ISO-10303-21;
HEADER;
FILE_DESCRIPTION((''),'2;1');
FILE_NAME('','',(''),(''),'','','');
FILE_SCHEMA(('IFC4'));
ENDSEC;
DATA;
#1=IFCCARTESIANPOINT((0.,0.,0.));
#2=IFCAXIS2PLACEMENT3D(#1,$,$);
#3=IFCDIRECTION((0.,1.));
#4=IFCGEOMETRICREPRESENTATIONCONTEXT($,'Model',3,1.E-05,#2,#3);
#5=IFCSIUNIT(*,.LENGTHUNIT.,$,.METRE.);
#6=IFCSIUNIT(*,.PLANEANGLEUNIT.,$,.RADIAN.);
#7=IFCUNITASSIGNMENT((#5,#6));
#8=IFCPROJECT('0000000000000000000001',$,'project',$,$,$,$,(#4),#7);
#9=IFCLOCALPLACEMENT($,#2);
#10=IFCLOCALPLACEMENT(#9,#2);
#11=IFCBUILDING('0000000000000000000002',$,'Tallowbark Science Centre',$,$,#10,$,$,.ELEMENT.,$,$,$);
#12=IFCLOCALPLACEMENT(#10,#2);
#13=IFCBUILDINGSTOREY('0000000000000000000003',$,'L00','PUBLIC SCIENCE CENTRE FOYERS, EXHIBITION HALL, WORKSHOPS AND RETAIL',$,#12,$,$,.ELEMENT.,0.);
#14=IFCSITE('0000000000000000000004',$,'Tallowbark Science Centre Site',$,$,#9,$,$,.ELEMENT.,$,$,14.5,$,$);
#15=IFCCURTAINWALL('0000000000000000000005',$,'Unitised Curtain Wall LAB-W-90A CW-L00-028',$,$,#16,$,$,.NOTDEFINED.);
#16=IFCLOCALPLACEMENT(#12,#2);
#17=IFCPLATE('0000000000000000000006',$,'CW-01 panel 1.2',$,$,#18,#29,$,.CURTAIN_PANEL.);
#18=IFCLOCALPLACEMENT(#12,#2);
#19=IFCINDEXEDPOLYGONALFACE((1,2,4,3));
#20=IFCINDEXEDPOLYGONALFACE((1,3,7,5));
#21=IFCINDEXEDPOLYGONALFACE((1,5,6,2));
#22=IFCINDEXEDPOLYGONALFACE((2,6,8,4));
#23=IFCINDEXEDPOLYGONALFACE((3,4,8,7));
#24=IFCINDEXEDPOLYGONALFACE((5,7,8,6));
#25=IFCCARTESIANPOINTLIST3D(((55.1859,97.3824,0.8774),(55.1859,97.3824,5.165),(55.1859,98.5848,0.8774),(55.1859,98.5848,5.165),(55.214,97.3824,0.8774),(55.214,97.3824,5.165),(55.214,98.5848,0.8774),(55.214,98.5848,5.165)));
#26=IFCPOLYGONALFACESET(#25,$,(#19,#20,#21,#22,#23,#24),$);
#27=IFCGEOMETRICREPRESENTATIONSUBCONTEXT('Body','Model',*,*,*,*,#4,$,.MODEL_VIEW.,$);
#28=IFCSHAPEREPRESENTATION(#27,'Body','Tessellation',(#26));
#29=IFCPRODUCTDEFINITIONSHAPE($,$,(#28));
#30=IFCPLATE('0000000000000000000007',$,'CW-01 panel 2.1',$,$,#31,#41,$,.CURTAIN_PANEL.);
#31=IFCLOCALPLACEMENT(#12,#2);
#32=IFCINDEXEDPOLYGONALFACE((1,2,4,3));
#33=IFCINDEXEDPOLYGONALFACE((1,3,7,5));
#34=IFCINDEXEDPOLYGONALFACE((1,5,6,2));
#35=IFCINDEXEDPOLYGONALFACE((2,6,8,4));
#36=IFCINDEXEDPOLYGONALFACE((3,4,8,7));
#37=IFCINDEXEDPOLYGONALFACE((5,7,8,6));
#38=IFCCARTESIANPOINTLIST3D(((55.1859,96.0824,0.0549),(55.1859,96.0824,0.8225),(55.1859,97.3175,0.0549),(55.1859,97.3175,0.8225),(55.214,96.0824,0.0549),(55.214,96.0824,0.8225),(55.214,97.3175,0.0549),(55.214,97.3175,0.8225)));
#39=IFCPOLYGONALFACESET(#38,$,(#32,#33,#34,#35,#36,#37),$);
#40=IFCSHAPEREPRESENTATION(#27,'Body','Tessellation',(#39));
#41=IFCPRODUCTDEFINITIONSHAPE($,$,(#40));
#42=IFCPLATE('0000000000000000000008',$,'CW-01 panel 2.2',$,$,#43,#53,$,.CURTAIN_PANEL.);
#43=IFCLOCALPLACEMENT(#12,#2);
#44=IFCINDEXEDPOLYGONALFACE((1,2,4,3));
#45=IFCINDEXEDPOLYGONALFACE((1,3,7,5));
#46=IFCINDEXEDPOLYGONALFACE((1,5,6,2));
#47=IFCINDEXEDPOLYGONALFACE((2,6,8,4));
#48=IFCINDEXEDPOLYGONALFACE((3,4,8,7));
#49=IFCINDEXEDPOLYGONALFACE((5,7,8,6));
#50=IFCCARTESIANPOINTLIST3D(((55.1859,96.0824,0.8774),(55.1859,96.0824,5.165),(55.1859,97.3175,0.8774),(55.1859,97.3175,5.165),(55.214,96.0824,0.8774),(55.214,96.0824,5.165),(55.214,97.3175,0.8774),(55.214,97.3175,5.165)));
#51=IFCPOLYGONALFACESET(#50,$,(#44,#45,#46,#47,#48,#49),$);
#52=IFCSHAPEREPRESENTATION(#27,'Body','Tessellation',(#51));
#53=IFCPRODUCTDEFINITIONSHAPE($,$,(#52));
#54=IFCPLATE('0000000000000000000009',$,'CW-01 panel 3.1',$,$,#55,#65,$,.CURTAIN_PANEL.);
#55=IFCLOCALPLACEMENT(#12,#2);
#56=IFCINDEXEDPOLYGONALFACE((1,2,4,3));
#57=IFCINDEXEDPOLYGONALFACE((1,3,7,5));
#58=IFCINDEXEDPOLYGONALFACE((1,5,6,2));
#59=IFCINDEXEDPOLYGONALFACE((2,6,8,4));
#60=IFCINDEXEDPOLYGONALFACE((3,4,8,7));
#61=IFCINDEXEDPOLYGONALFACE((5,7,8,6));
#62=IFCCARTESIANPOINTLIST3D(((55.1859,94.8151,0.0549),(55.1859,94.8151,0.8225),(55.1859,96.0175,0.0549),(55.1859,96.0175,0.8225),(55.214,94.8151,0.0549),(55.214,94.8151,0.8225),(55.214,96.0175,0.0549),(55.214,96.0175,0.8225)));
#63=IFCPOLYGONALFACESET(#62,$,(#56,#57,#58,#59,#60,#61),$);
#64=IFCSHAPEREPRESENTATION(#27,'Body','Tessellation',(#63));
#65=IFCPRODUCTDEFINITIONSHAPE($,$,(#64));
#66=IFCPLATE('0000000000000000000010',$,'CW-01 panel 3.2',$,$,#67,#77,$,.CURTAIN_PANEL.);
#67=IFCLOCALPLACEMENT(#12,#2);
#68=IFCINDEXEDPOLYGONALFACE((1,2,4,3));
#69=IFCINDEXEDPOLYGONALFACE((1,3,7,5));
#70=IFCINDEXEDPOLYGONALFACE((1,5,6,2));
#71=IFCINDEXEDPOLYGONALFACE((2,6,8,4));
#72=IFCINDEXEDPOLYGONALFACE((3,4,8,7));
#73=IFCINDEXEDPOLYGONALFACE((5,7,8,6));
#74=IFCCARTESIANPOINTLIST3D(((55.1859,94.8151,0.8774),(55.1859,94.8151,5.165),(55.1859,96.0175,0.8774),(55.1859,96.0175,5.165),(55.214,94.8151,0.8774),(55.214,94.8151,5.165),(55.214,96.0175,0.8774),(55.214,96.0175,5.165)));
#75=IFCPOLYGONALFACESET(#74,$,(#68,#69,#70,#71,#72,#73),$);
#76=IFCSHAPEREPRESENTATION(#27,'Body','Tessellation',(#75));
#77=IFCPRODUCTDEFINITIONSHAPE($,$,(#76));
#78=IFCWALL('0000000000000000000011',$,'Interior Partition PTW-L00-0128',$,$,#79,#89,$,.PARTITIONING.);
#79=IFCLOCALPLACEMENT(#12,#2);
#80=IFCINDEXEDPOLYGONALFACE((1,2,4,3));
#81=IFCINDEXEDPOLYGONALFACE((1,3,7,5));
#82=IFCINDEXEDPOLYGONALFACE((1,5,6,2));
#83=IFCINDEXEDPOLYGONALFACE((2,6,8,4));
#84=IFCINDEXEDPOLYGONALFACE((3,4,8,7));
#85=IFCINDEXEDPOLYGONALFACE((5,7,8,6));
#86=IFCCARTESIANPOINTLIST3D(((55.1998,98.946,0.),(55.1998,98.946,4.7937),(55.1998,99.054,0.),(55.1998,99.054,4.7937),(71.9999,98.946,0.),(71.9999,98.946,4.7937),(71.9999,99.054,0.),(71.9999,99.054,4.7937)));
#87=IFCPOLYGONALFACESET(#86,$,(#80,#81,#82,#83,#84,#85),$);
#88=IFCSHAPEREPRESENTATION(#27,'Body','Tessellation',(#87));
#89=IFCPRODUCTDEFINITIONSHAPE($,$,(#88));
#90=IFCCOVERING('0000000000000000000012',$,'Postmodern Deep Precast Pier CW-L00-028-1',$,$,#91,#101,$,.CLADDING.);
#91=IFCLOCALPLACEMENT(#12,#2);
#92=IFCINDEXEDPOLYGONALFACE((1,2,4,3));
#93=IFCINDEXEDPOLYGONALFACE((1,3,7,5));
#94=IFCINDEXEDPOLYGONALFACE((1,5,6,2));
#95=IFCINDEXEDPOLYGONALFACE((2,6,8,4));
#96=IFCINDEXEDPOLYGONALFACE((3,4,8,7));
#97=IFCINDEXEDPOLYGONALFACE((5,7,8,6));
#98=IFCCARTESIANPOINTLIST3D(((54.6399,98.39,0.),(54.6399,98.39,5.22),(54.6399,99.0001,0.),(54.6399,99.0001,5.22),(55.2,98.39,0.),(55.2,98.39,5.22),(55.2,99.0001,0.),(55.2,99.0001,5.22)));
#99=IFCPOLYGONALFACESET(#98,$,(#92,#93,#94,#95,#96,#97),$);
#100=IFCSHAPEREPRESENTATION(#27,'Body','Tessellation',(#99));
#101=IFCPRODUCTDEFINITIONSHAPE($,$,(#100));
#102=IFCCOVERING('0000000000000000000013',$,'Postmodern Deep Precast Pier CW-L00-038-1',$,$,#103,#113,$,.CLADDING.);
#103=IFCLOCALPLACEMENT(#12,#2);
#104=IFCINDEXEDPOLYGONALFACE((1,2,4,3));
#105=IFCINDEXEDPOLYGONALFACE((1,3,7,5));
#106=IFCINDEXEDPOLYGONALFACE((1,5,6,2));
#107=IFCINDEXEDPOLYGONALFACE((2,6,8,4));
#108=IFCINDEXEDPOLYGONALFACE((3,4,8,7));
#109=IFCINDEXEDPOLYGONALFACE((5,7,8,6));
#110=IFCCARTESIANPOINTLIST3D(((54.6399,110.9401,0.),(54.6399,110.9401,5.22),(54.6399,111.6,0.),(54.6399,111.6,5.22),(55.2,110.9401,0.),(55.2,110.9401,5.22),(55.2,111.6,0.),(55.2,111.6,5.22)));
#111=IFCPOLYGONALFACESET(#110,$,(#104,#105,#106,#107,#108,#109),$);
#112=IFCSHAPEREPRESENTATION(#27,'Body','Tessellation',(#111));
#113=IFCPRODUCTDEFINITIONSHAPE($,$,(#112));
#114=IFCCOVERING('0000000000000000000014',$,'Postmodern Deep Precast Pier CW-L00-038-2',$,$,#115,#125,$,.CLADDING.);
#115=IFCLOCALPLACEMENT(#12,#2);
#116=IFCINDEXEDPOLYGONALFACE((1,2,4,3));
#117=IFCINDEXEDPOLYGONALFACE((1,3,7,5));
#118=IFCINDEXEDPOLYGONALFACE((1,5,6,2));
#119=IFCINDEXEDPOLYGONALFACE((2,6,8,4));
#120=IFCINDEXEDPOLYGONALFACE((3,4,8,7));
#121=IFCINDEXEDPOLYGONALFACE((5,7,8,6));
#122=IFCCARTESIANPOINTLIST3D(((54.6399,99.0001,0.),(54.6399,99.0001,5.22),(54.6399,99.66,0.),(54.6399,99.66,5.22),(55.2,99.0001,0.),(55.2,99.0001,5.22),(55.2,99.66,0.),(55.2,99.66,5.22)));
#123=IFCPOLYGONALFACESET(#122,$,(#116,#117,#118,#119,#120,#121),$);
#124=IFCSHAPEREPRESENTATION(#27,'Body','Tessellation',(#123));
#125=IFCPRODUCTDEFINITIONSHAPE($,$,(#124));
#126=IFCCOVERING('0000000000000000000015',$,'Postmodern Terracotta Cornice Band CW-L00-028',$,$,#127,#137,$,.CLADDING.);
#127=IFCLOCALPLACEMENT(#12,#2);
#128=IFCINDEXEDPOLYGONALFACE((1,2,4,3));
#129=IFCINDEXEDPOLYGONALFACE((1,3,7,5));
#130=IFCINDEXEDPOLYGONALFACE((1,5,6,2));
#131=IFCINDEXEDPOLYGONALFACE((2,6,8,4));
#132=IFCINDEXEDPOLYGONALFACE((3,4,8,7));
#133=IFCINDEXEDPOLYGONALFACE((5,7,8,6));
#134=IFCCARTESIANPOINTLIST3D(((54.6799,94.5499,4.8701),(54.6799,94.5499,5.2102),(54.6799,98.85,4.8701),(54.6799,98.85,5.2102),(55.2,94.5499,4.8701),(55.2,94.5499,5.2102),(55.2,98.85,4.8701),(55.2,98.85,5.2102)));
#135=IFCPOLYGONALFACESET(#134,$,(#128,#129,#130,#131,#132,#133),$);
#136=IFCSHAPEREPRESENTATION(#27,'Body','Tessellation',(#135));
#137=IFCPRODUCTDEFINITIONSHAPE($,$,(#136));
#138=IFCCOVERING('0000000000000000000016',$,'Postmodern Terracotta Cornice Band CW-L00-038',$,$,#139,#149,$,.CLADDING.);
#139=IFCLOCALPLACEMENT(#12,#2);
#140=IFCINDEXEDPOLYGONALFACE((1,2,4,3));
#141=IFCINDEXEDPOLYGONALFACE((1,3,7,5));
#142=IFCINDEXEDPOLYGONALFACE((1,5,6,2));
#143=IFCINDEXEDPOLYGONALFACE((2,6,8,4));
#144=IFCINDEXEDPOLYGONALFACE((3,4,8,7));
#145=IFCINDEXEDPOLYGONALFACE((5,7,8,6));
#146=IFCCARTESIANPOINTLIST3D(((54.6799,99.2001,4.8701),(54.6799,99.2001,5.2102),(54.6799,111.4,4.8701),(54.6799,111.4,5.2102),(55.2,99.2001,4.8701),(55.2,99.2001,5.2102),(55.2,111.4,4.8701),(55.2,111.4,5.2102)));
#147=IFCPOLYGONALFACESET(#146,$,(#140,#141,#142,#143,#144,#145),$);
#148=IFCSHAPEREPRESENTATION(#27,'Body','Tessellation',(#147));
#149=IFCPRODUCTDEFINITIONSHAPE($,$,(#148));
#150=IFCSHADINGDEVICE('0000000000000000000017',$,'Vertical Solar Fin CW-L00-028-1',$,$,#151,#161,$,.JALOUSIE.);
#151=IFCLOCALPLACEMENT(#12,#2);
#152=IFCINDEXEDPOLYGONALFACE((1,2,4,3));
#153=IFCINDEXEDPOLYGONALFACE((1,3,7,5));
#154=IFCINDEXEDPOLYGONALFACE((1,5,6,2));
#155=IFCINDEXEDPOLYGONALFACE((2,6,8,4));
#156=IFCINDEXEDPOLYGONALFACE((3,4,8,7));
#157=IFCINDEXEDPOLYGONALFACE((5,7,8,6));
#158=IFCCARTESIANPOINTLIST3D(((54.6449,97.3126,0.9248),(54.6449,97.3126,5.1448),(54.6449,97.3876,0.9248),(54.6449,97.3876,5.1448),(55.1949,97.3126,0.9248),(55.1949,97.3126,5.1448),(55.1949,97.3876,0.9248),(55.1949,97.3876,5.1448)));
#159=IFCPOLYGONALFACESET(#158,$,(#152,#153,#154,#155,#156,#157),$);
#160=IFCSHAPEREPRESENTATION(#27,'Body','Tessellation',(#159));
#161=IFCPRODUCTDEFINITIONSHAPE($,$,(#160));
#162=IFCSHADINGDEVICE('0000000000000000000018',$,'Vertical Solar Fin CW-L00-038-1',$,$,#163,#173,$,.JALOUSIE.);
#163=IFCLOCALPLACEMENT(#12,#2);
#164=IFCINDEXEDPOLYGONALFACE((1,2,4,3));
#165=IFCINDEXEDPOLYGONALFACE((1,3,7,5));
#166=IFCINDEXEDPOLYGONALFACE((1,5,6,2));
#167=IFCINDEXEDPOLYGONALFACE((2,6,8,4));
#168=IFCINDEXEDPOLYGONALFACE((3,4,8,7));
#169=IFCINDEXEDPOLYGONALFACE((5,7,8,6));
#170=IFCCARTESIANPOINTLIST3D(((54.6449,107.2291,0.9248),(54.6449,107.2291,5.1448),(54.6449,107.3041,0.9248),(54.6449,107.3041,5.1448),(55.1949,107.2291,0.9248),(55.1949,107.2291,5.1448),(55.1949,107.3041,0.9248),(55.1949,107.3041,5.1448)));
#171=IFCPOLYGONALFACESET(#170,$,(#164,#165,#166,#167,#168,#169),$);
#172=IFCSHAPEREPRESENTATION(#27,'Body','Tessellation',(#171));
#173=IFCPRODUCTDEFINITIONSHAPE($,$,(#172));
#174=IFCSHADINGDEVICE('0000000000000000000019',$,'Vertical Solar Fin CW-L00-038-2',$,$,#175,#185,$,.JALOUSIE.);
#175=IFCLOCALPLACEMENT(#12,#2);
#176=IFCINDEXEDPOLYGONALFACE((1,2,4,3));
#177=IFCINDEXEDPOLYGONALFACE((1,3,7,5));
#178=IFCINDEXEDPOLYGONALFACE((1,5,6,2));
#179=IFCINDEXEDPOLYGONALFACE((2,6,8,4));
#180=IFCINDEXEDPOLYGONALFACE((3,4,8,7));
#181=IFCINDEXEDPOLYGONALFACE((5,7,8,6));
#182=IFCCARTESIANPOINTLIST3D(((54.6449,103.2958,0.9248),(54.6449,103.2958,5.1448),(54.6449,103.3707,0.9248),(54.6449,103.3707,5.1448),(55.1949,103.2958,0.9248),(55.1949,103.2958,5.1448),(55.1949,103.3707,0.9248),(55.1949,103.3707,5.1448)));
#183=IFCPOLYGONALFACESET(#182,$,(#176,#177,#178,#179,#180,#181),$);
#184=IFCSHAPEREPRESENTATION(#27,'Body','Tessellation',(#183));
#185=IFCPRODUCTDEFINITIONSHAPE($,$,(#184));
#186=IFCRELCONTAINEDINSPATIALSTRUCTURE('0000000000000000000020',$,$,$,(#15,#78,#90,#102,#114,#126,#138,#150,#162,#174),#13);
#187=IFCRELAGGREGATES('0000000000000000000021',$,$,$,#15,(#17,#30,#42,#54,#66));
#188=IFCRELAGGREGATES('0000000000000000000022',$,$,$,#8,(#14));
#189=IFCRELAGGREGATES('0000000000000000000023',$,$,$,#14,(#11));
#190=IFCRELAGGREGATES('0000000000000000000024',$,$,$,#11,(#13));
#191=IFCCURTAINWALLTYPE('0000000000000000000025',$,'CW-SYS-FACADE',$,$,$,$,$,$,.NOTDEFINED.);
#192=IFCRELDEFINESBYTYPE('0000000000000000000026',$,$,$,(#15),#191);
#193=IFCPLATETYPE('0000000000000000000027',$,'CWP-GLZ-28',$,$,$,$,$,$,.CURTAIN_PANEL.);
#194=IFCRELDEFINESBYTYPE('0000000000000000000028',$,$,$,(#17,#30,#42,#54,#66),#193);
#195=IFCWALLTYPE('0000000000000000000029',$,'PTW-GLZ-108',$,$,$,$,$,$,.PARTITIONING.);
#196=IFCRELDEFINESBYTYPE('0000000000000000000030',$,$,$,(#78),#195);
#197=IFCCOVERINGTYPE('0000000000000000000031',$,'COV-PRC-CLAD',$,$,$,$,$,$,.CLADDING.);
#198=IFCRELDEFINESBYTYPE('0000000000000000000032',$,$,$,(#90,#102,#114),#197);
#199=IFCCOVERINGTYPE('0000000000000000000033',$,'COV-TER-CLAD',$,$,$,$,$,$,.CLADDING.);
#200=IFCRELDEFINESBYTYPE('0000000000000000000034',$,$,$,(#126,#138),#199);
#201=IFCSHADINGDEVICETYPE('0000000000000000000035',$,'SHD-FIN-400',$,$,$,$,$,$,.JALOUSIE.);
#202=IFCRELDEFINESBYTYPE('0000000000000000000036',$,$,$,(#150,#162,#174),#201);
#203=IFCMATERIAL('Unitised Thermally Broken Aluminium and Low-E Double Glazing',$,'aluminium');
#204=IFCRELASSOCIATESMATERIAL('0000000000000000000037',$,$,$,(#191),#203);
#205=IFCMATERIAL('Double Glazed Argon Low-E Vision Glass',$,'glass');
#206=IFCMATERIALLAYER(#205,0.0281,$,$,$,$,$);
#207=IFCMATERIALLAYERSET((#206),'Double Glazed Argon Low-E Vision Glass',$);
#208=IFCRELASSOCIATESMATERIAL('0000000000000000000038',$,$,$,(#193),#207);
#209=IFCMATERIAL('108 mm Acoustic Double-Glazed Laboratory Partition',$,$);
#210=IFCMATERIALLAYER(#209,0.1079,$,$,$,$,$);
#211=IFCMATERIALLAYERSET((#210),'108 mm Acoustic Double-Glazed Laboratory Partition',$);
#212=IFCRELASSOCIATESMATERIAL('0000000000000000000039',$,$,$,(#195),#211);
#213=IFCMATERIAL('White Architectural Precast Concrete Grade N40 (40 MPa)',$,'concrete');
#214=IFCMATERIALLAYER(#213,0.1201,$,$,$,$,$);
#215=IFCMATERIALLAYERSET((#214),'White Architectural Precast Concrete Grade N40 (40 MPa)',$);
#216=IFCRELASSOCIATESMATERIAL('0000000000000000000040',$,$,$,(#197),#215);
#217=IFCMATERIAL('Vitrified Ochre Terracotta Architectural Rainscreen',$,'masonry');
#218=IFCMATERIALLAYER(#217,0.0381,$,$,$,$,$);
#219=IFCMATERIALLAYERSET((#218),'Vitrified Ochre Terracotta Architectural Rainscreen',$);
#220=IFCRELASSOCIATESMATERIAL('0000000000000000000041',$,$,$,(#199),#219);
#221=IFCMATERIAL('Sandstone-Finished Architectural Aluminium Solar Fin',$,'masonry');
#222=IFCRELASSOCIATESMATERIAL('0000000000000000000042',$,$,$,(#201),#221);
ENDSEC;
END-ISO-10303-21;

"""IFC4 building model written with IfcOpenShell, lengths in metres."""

from ifc_helpers import new_model, si_unit, direction, frame, frame_2d, origin, origin_2d, place, context, subcontext, project, spatial, rectangle, extrude, material, layer, layer_set, type_object, element, aggregate, save


model = new_model("IFC4")

# Units and contexts
model_context = context("Model", 3, precision=1e-05, world=origin(), true_north=direction((0.0, 1.0)))
body_context = subcontext(model_context, "Body", "Model", "MODEL_VIEW")
ifc_project = project(units=[si_unit("LENGTHUNIT", "METRE"), si_unit("PLANEANGLEUNIT", "RADIAN")], contexts=[model_context])

# Site, building, storey
site_placement = place(None, origin())
site = spatial("IfcSite", under=ifc_project, at=site_placement, Name="Tallowbark Science Centre Site", CompositionType="ELEMENT", RefElevation=14.5)
building_placement = place(site_placement, origin())
building = spatial("IfcBuilding", under=site, at=building_placement, Name="Tallowbark Science Centre", CompositionType="ELEMENT")
storey_placement = place(building_placement, origin())
storey = spatial("IfcBuildingStorey", under=building, at=storey_placement, Name="L00", Description="PUBLIC SCIENCE CENTRE FOYERS, EXHIBITION HALL, WORKSHOPS AND RETAIL", CompositionType="ELEMENT", Elevation=0.0)

# Curtain wall
ifc_material_1 = material(Name="Unitised Thermally Broken Aluminium and Low-E Double Glazing", Category="aluminium")
curtain_wall_type = type_object("IfcCurtainWallType", Name="CW-SYS-FACADE", PredefinedType="NOTDEFINED", material=ifc_material_1)
curtain_wall_1_placement = place(storey_placement, origin())
curtain_wall_1 = element("IfcCurtainWall", 1, at=curtain_wall_1_placement, inside=storey, type_object=curtain_wall_type, Name="Unitised Curtain Wall LAB-W-90A CW-L00-028", PredefinedType="NOTDEFINED")

# Plates
ifc_material_2 = material(Name="Double Glazed Argon Low-E Vision Glass", Category="glass")
ifc_layer_1 = layer(ifc_material_2, 0.0281)
ifc_layer_set_1 = layer_set([ifc_layer_1], Name="Double Glazed Argon Low-E Vision Glass")
plate_type = type_object("IfcPlateType", Name="CWP-GLZ-28", PredefinedType="CURTAIN_PANEL", material=ifc_layer_set_1)
plate_1_placement = place(storey_placement, frame((55.2, 97.9836, 0.8774), z_axis=(0.0, 0.0, 1.0), x_axis=(0.0, -1.0, 0.0)))
plate_1 = element("IfcPlate", 2, at=plate_1_placement, type_object=plate_type, Name="CW-01 panel 1.2", PredefinedType="CURTAIN_PANEL", context=body_context, shape_type="SweptSolid", body=[
    extrude(rectangle(XDim=1.2024, YDim=0.0281, at=origin_2d()), origin(), (0.0, 0.0, 1.0), 4.2876),
])
plate_2_placement = place(storey_placement, frame((55.2, 96.7, 0.0549), z_axis=(0.0, 0.0, 1.0), x_axis=(0.0, -1.0, 0.0)))
plate_2 = element("IfcPlate", 3, at=plate_2_placement, type_object=plate_type, Name="CW-01 panel 2.1", PredefinedType="CURTAIN_PANEL", context=body_context, shape_type="SweptSolid", body=[
    extrude(rectangle(XDim=1.2351, YDim=0.0281, at=origin_2d()), origin(), (0.0, 0.0, 1.0), 0.7676),
])
plate_3_placement = place(storey_placement, frame((55.2, 96.7, 0.8774), z_axis=(0.0, 0.0, 1.0), x_axis=(0.0, -1.0, 0.0)))
plate_3 = element("IfcPlate", 4, at=plate_3_placement, type_object=plate_type, Name="CW-01 panel 2.2", PredefinedType="CURTAIN_PANEL", context=body_context, shape_type="SweptSolid", body=[
    extrude(rectangle(XDim=1.2351, YDim=0.0281, at=origin_2d()), origin(), (0.0, 0.0, 1.0), 4.2876),
])
plate_4_placement = place(storey_placement, frame((55.2, 95.4163, 0.0549), z_axis=(0.0, 0.0, 1.0), x_axis=(0.0, -1.0, 0.0)))
plate_4 = element("IfcPlate", 5, at=plate_4_placement, type_object=plate_type, Name="CW-01 panel 3.1", PredefinedType="CURTAIN_PANEL", context=body_context, shape_type="SweptSolid", body=[
    extrude(rectangle(XDim=1.2024, YDim=0.0281, at=origin_2d()), origin(), (0.0, 0.0, 1.0), 0.7676),
])
plate_5_placement = place(storey_placement, frame((55.2, 95.4163, 0.8774), z_axis=(0.0, 0.0, 1.0), x_axis=(0.0, -1.0, 0.0)))
plate_5 = element("IfcPlate", 6, at=plate_5_placement, type_object=plate_type, Name="CW-01 panel 3.2", PredefinedType="CURTAIN_PANEL", context=body_context, shape_type="SweptSolid", body=[
    extrude(rectangle(XDim=1.2024, YDim=0.0281, at=origin_2d()), origin(), (0.0, 0.0, 1.0), 4.2876),
])
aggregate(curtain_wall_1, [plate_1, plate_2, plate_3, plate_4, plate_5])

# Wall
ifc_material_3 = material(Name="108 mm Acoustic Double-Glazed Laboratory Partition")
ifc_layer_2 = layer(ifc_material_3, 0.1079)
ifc_layer_set_2 = layer_set([ifc_layer_2], Name="108 mm Acoustic Double-Glazed Laboratory Partition")
wall_type = type_object("IfcWallType", Name="PTW-GLZ-108", PredefinedType="PARTITIONING", material=ifc_layer_set_2)
wall_placement = place(storey_placement, frame((55.2, 99.0, 0.0), z_axis=(0.0, 0.0, 1.0), x_axis=(1.0, 0.0, 0.0)))
element("IfcWall", 7, at=wall_placement, inside=storey, type_object=wall_type, Name="Interior Partition PTW-L00-0128", PredefinedType="PARTITIONING", context=body_context, shape_type="SweptSolid", body=[
    extrude(rectangle(XDim=16.8, YDim=0.1079, at=frame_2d((8.3999, 0.0))), origin(), (0.0, 0.0, 1.0), 4.7937),
])

# Coverings
ifc_material_4 = material(Name="White Architectural Precast Concrete Grade N40 (40 MPa)", Category="concrete")
ifc_layer_3 = layer(ifc_material_4, 0.1201)
ifc_layer_set_3 = layer_set([ifc_layer_3], Name="White Architectural Precast Concrete Grade N40 (40 MPa)")
covering_type_1 = type_object("IfcCoveringType", Name="COV-PRC-CLAD", PredefinedType="CLADDING", material=ifc_layer_set_3)
covering_1_placement = place(storey_placement, frame((54.9199, 98.6951, 0.0), z_axis=(0.0, 0.0, 1.0), x_axis=(0.0, -1.0, 0.0)))
element("IfcCovering", 8, at=covering_1_placement, inside=storey, type_object=covering_type_1, Name="Postmodern Deep Precast Pier CW-L00-028-1", PredefinedType="CLADDING", context=body_context, shape_type="SweptSolid", body=[
    extrude(rectangle(XDim=0.6101, YDim=0.5601, at=origin_2d()), origin(), (0.0, 0.0, 1.0), 5.22),
])
for number, where, z_axis, x_axis, name in (
    (9, (54.9199, 111.27, 0.0), (0.0, 0.0, 1.0), (0.0, -1.0, 0.0), "Postmodern Deep Precast Pier CW-L00-038-1"),
    (10, (54.9199, 99.3301, 0.0), (0.0, 0.0, 1.0), (0.0, -1.0, 0.0), "Postmodern Deep Precast Pier CW-L00-038-2"),
):
    element("IfcCovering", number, at=place(storey_placement, frame(where, z_axis=z_axis, x_axis=x_axis)), inside=storey, type_object=covering_type_1, Name=name, PredefinedType="CLADDING", context=body_context, shape_type="SweptSolid", body=[
        extrude(rectangle(XDim=0.6599, YDim=0.5601, at=origin_2d()), origin(), (0.0, 0.0, 1.0), 5.22),
    ])
ifc_material_5 = material(Name="Vitrified Ochre Terracotta Architectural Rainscreen", Category="masonry")
ifc_layer_4 = layer(ifc_material_5, 0.0381)
ifc_layer_set_4 = layer_set([ifc_layer_4], Name="Vitrified Ochre Terracotta Architectural Rainscreen")
covering_type_2 = type_object("IfcCoveringType", Name="COV-TER-CLAD", PredefinedType="CLADDING", material=ifc_layer_set_4)
covering_2_placement = place(storey_placement, frame((54.9399, 96.7, 4.8701), z_axis=(0.0, 0.0, 1.0), x_axis=(0.0, -1.0, 0.0)))
element("IfcCovering", 11, at=covering_2_placement, inside=storey, type_object=covering_type_2, Name="Postmodern Terracotta Cornice Band CW-L00-028", PredefinedType="CLADDING", context=body_context, shape_type="SweptSolid", body=[
    extrude(rectangle(XDim=4.3, YDim=0.52, at=origin_2d()), origin(), (0.0, 0.0, 1.0), 0.3401),
])
covering_3_placement = place(storey_placement, frame((54.9399, 105.3, 4.8701), z_axis=(0.0, 0.0, 1.0), x_axis=(0.0, -1.0, 0.0)))
element("IfcCovering", 12, at=covering_3_placement, inside=storey, type_object=covering_type_2, Name="Postmodern Terracotta Cornice Band CW-L00-038", PredefinedType="CLADDING", context=body_context, shape_type="SweptSolid", body=[
    extrude(rectangle(XDim=12.2, YDim=0.52, at=origin_2d()), origin(), (0.0, 0.0, 1.0), 0.3401),
])

# Shading devices
ifc_material_6 = material(Name="Sandstone-Finished Architectural Aluminium Solar Fin", Category="masonry")
shading_device_type = type_object("IfcShadingDeviceType", Name="SHD-FIN-400", PredefinedType="JALOUSIE", material=ifc_material_6)
for number, where, z_axis, x_axis, name in (
    (13, (54.9199, 97.3501, 0.9248), (0.0, 0.0, 1.0), (0.0, -1.0, 0.0), "Vertical Solar Fin CW-L00-028-1"),
    (14, (54.9199, 107.2666, 0.9248), (0.0, 0.0, 1.0), (0.0, -1.0, 0.0), "Vertical Solar Fin CW-L00-038-1"),
    (15, (54.9199, 103.3333, 0.9248), (0.0, 0.0, 1.0), (0.0, -1.0, 0.0), "Vertical Solar Fin CW-L00-038-2"),
):
    element("IfcShadingDevice", number, at=place(storey_placement, frame(where, z_axis=z_axis, x_axis=x_axis)), inside=storey, type_object=shading_device_type, Name=name, PredefinedType="JALOUSIE", context=body_context, shape_type="SweptSolid", body=[
        extrude(rectangle(XDim=0.075, YDim=0.55, at=origin_2d()), origin(), (0.0, 0.0, 1.0), 4.22),
    ])

save(model, "model.ifc")
